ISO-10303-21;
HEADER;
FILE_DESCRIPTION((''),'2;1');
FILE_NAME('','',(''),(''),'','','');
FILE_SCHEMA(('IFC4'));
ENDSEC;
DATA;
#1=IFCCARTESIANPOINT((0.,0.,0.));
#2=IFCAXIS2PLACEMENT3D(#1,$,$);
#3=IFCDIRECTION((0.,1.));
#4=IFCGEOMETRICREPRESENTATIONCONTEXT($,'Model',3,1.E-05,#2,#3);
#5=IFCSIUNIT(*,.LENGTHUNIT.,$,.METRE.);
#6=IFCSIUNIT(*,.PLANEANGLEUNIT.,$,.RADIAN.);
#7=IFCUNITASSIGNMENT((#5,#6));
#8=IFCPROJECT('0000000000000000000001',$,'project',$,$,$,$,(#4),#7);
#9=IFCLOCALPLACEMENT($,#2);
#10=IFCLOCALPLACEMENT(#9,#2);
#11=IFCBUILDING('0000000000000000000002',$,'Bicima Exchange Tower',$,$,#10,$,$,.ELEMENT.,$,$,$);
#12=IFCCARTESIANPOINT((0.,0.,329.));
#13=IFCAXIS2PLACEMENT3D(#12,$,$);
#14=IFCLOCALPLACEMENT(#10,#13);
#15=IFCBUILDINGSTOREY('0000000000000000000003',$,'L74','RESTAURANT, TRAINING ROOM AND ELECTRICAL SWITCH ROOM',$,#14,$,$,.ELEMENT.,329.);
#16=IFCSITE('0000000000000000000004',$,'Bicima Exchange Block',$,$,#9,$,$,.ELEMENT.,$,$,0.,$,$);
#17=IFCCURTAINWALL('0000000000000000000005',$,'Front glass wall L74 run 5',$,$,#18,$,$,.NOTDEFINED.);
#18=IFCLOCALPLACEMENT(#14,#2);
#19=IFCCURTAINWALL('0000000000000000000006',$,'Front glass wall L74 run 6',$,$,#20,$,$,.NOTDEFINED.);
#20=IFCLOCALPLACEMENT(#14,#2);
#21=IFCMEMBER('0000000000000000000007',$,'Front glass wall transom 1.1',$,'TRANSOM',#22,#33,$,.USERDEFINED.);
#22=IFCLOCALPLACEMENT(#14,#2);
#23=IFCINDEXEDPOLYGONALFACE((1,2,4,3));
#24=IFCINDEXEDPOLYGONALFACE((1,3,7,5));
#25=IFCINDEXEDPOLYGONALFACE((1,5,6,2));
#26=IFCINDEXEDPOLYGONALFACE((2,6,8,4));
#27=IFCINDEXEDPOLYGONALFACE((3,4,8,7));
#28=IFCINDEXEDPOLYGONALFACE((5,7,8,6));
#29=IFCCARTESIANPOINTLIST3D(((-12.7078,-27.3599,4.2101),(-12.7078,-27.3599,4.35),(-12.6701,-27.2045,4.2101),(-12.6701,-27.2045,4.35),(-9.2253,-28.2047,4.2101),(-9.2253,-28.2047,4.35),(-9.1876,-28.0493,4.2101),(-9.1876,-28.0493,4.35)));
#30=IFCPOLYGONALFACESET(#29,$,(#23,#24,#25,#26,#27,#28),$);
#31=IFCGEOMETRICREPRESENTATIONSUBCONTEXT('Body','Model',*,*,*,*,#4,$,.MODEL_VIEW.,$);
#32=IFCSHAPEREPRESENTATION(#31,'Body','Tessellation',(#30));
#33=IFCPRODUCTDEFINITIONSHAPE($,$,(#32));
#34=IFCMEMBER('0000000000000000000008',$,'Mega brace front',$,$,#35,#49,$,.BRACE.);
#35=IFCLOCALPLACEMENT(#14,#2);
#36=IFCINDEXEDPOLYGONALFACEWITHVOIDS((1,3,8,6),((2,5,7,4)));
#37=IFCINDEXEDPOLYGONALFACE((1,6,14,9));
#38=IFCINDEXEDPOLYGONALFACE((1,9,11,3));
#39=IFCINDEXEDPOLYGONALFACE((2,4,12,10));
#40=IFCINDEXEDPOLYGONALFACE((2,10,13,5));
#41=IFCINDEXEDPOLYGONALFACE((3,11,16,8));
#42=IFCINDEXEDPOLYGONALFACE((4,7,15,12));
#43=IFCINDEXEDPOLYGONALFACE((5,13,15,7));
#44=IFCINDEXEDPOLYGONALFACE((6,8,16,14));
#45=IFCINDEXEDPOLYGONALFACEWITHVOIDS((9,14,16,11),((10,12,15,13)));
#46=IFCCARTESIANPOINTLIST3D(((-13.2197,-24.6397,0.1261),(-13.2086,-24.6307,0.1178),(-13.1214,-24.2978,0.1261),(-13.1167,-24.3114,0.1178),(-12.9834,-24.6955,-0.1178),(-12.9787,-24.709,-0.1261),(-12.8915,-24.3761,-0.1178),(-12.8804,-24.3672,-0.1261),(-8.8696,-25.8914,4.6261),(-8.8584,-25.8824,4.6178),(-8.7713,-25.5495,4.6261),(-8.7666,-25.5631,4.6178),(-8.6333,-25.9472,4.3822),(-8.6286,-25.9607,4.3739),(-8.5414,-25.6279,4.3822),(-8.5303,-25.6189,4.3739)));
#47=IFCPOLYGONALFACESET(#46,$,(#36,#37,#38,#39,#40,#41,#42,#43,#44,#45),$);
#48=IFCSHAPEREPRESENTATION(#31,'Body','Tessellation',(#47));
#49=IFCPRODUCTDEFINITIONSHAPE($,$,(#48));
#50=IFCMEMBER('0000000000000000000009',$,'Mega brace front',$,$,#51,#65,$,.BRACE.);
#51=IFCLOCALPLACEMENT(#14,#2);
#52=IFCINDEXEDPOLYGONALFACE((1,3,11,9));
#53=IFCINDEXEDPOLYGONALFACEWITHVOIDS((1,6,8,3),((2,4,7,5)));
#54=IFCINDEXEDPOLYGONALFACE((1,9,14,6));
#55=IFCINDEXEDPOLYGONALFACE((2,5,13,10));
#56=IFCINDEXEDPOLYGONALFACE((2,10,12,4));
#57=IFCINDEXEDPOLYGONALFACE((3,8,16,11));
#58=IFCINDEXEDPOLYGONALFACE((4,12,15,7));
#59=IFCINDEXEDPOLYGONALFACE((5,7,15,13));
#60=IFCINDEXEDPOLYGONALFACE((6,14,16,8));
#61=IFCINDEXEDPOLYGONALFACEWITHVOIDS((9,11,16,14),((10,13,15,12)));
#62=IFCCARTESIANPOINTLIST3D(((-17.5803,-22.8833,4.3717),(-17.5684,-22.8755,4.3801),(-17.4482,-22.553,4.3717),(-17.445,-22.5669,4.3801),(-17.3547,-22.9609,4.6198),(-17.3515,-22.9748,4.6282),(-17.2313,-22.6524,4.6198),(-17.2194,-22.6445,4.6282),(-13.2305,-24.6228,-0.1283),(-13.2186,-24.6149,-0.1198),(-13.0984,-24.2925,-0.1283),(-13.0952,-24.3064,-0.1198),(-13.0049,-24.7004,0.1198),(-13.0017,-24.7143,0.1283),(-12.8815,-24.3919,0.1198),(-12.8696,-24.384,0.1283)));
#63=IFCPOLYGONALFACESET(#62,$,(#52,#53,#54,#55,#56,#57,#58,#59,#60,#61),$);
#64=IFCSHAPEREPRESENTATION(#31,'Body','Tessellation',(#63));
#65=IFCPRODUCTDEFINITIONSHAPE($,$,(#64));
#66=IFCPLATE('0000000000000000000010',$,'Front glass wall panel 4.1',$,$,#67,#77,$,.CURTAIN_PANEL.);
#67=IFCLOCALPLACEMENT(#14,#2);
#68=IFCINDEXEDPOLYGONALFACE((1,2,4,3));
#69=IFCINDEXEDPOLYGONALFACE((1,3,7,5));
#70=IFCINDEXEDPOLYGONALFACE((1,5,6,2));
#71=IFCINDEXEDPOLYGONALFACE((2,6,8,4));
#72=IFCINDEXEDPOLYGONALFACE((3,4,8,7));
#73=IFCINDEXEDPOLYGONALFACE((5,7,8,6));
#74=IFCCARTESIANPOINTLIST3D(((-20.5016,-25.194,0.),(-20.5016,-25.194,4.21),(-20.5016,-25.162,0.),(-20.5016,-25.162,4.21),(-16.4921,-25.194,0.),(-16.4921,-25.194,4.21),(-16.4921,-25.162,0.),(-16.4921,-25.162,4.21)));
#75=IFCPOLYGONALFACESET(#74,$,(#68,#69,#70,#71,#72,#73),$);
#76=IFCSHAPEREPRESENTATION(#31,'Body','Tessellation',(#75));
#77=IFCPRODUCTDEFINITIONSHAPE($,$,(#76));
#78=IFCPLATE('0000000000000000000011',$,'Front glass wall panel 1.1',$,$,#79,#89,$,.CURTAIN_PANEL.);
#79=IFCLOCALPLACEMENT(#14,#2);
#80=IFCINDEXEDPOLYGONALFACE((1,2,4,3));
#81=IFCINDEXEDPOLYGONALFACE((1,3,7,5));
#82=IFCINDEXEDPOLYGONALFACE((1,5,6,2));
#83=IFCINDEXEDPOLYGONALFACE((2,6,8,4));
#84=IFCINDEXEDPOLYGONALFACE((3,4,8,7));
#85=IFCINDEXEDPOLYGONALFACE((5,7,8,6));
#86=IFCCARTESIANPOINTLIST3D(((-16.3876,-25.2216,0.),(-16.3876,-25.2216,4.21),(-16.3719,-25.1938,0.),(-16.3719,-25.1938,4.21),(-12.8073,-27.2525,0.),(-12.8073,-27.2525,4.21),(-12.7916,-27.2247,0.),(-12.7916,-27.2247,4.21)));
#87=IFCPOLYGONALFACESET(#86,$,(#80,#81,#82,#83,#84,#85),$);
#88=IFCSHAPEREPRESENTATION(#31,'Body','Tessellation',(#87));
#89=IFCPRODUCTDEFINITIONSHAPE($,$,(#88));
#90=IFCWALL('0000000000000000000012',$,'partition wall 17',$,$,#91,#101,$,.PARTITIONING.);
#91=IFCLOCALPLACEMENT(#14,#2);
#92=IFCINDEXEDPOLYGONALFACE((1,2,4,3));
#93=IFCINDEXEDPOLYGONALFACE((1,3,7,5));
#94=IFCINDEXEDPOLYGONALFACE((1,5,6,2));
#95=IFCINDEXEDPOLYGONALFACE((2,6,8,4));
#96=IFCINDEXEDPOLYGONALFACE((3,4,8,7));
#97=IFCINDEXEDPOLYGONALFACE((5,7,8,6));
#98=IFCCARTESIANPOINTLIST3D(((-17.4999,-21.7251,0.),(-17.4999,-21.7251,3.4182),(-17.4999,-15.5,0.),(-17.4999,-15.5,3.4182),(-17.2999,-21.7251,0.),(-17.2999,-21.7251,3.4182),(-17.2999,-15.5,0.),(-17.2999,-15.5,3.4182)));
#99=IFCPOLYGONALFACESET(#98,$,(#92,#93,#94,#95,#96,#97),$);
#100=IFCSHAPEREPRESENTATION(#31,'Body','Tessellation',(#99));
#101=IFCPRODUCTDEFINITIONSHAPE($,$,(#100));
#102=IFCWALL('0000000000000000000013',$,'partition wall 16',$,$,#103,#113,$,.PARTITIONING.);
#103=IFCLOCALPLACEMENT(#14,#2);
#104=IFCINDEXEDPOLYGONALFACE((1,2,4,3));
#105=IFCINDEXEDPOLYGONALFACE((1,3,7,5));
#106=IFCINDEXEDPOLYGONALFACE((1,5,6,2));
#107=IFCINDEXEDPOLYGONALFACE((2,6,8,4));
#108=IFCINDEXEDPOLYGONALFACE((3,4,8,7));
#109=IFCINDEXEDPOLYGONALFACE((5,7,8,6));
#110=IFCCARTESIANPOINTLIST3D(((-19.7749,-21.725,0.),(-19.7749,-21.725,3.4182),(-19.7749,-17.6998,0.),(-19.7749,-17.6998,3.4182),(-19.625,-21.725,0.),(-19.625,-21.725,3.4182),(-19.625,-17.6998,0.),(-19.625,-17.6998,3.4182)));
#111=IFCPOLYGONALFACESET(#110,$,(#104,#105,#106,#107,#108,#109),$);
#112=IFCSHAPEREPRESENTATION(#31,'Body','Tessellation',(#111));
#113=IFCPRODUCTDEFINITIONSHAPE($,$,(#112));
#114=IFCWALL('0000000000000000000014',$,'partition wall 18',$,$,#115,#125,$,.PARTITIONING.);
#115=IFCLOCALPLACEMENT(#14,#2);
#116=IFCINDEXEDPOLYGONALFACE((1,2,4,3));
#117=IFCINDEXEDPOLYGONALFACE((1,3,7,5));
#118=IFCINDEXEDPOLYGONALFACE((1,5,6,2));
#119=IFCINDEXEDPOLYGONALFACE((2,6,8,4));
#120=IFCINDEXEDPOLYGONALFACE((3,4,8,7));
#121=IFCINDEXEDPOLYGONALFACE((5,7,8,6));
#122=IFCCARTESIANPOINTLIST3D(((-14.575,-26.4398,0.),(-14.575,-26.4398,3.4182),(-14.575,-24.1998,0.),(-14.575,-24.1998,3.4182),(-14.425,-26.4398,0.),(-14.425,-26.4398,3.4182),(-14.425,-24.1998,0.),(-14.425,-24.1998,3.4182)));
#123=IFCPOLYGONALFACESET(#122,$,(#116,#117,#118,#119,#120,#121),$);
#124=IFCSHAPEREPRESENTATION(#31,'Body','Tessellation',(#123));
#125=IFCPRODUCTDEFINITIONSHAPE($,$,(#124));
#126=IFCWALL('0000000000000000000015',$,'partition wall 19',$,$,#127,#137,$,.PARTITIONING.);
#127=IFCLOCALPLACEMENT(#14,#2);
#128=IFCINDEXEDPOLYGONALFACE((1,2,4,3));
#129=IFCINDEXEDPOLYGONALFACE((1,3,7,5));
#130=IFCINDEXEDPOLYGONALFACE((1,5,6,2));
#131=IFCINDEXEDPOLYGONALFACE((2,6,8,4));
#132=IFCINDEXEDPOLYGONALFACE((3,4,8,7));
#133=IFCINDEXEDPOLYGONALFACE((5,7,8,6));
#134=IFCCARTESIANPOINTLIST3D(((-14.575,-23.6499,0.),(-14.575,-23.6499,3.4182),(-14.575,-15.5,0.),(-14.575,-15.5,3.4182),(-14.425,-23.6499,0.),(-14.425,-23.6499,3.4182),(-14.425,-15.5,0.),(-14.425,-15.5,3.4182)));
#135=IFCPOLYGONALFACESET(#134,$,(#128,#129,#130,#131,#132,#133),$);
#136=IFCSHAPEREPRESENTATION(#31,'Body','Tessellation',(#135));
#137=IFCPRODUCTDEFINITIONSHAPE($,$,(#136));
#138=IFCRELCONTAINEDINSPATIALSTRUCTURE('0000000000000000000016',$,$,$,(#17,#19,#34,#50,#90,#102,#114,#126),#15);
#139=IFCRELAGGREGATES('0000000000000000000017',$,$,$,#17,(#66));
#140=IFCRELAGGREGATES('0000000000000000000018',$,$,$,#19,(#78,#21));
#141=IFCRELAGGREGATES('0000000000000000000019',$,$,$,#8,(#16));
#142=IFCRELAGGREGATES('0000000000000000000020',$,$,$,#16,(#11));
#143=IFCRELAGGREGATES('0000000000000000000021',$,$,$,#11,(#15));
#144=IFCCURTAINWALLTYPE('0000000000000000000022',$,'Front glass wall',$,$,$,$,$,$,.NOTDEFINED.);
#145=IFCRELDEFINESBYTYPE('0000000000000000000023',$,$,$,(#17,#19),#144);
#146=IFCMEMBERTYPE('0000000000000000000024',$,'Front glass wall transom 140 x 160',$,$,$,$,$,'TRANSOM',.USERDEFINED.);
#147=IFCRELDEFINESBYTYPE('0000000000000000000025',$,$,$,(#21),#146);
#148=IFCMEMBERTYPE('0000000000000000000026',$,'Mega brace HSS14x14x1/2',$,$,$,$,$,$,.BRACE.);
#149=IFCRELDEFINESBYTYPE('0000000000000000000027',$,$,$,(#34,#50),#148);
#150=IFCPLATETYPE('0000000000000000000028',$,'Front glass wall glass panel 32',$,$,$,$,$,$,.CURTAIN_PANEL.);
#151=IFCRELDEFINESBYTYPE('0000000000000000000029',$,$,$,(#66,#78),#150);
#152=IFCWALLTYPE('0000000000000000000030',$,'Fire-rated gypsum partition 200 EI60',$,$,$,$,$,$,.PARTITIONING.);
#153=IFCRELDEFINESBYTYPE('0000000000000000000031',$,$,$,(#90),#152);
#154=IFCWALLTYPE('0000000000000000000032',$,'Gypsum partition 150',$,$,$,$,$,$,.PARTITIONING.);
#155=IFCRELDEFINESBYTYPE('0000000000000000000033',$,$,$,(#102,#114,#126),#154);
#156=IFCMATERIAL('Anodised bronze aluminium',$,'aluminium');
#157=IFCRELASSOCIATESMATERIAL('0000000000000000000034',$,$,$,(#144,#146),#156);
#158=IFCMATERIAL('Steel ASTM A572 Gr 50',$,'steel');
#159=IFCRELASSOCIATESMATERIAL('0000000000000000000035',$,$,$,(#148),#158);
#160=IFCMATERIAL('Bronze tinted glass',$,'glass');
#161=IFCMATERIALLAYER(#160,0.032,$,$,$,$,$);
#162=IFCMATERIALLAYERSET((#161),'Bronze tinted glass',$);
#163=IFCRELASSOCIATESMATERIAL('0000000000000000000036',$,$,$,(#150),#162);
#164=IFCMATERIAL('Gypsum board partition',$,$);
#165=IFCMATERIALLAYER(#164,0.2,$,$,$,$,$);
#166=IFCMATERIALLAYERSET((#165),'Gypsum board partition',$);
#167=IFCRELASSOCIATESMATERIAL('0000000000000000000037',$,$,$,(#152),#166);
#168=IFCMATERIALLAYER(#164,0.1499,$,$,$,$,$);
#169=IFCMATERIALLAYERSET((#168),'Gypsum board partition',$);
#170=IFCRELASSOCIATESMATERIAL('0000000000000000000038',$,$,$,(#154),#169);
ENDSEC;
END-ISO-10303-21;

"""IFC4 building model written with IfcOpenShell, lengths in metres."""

from ifc_helpers import new_model, si_unit, direction, frame, frame_2d, origin, origin_2d, place, context, subcontext, project, spatial, rectangle, hollow_rectangle, extrude, material, layer, layer_set, material_profile, profile_set, type_object, element, aggregate, save


model = new_model("IFC4")

# Units and contexts
model_context = context("Model", 3, precision=1e-05, world=origin(), true_north=direction((0.0, 1.0)))
body_context = subcontext(model_context, "Body", "Model", "MODEL_VIEW")
ifc_project = project(units=[si_unit("LENGTHUNIT", "METRE"), si_unit("PLANEANGLEUNIT", "RADIAN")], contexts=[model_context])

# Site, building, storey
site_placement = place(None, origin())
site = spatial("IfcSite", under=ifc_project, at=site_placement, Name="Bicima Exchange Block", CompositionType="ELEMENT", RefElevation=0.0)
building_placement = place(site_placement, origin())
building = spatial("IfcBuilding", under=site, at=building_placement, Name="Bicima Exchange Tower", CompositionType="ELEMENT")
storey_placement = place(building_placement, frame((0.0, 0.0, 329.0)))
storey = spatial("IfcBuildingStorey", under=building, at=storey_placement, Name="L74", Description="RESTAURANT, TRAINING ROOM AND ELECTRICAL SWITCH ROOM", CompositionType="ELEMENT", Elevation=329.0)

# Curtain walls
ifc_material_1 = material(Name="Anodised bronze aluminium", Category="aluminium")
curtain_wall_type = type_object("IfcCurtainWallType", Name="Front glass wall", PredefinedType="NOTDEFINED", material=ifc_material_1)
curtain_wall_1_placement = place(storey_placement, origin())
curtain_wall_1 = element("IfcCurtainWall", 1, at=curtain_wall_1_placement, inside=storey, type_object=curtain_wall_type, Name="Front glass wall L74 run 5", PredefinedType="NOTDEFINED")
curtain_wall_2_placement = place(storey_placement, origin())
curtain_wall_2 = element("IfcCurtainWall", 2, at=curtain_wall_2_placement, inside=storey, type_object=curtain_wall_type, Name="Front glass wall L74 run 6", PredefinedType="NOTDEFINED")

# Member
ifc_material_profile_1 = material_profile(ifc_material_1, rectangle(XDim=0.1599, YDim=0.1399, at=origin_2d()))
ifc_profile_set_1 = profile_set([ifc_material_profile_1], Name="Anodised bronze aluminium")
member_type_1 = type_object("IfcMemberType", Name="Front glass wall transom 140 x 160", ElementType="TRANSOM", PredefinedType="USERDEFINED", material=ifc_profile_set_1)
member_1_placement = place(storey_placement, frame((-12.689, -27.2822, 4.28), z_axis=(0.971818, -0.235733, 0.0), x_axis=(0.235733, 0.971818, 0.0)))
member_1 = element("IfcMember", 3, at=member_1_placement, type_object=member_type_1, Name="Front glass wall transom 1.1", ObjectType="TRANSOM", PredefinedType="USERDEFINED", context=body_context, shape_type="SweptSolid", body=[
    extrude(rectangle(XDim=0.1599, YDim=0.1399, at=origin_2d()), origin(), (0.0, 0.0, 1.0), 3.5835),
])

# Members
ifc_material_2 = material(Name="Steel ASTM A572 Gr 50", Category="steel")
ifc_material_profile_2 = material_profile(ifc_material_2, hollow_rectangle(XDim=0.3557, YDim=0.3557, WallThickness=0.0117, at=origin_2d()))
ifc_profile_set_2 = profile_set([ifc_material_profile_2], Name="Steel ASTM A572 Gr 50")
member_type_2 = type_object("IfcMemberType", Name="Mega brace HSS14x14x1/2", PredefinedType="BRACE", material=ifc_profile_set_2)
member_2_placement = place(storey_placement, frame((-13.05, -24.5034, 0.0), z_axis=(0.681534, -0.196107, 0.70502), x_axis=(0.276523, 0.961007, 0.0)))
element("IfcMember", 4, at=member_2_placement, inside=storey, type_object=member_type_2, Name="Mega brace front", PredefinedType="BRACE", context=body_context, shape_type="SweptSolid", body=[
    extrude(hollow_rectangle(XDim=0.3557, YDim=0.3557, WallThickness=0.0117, at=origin_2d()), origin(), (0.0, 0.0, 1.0), 6.3828),
])
member_3_placement = place(storey_placement, frame((-13.05, -24.5034, 0.0), z_axis=(-0.669628, 0.267783, 0.692742), x_axis=(-0.37131, -0.928509, 0.0)))
element("IfcMember", 5, at=member_3_placement, inside=storey, type_object=member_type_2, Name="Mega brace front", PredefinedType="BRACE", context=body_context, shape_type="SweptSolid", body=[
    extrude(hollow_rectangle(XDim=0.3557, YDim=0.3557, WallThickness=0.0117, at=origin_2d()), origin(), (0.0, 0.0, 1.0), 6.4958),
])

# Plates
ifc_material_3 = material(Name="Bronze tinted glass", Category="glass")
ifc_layer_1 = layer(ifc_material_3, 0.032)
ifc_layer_set_1 = layer_set([ifc_layer_1], Name="Bronze tinted glass")
plate_type = type_object("IfcPlateType", Name="Front glass wall glass panel 32", PredefinedType="CURTAIN_PANEL", material=ifc_layer_set_1)
plate_1_placement = place(storey_placement, frame((-18.4968, -25.178, 0.0), z_axis=(0.0, 0.0, 1.0), x_axis=(1.0, 0.0, 0.0)))
plate_1 = element("IfcPlate", 6, at=plate_1_placement, type_object=plate_type, Name="Front glass wall panel 4.1", PredefinedType="CURTAIN_PANEL", context=body_context, shape_type="SweptSolid", body=[
    extrude(rectangle(XDim=4.0095, YDim=0.032, at=origin_2d()), origin(), (0.0, 0.0, 1.0), 4.21),
])
aggregate(curtain_wall_1, [plate_1])
plate_2_placement = place(storey_placement, frame((-14.5896, -26.2231, 0.0), z_axis=(0.0, 0.0, 1.0), x_axis=(0.869805, -0.493395, 0.0)))
plate_2 = element("IfcPlate", 7, at=plate_2_placement, type_object=plate_type, Name="Front glass wall panel 1.1", PredefinedType="CURTAIN_PANEL", context=body_context, shape_type="SweptSolid", body=[
    extrude(rectangle(XDim=4.1162, YDim=0.032, at=origin_2d()), origin(), (0.0, 0.0, 1.0), 4.21),
])
aggregate(curtain_wall_2, [plate_2, member_1])

# Walls
ifc_material_4 = material(Name="Gypsum board partition")
ifc_layer_2 = layer(ifc_material_4, 0.2)
ifc_layer_set_2 = layer_set([ifc_layer_2], Name="Gypsum board partition")
wall_type_1 = type_object("IfcWallType", Name="Fire-rated gypsum partition 200 EI60", PredefinedType="PARTITIONING", material=ifc_layer_set_2)
wall_1_placement = place(storey_placement, frame((-17.3999, -21.7251, 0.0), z_axis=(0.0, 0.0, 1.0), x_axis=(0.0, 1.0, 0.0)))
element("IfcWall", 8, at=wall_1_placement, inside=storey, type_object=wall_type_1, Name="partition wall 17", PredefinedType="PARTITIONING", context=body_context, shape_type="SweptSolid", body=[
    extrude(rectangle(XDim=6.2251, YDim=0.2, at=frame_2d((3.1125, 0.0))), origin(), (0.0, 0.0, 1.0), 3.4182),
])
ifc_layer_3 = layer(ifc_material_4, 0.1499)
ifc_layer_set_3 = layer_set([ifc_layer_3], Name="Gypsum board partition")
wall_type_2 = type_object("IfcWallType", Name="Gypsum partition 150", PredefinedType="PARTITIONING", material=ifc_layer_set_3)
wall_2_placement = place(storey_placement, frame((-19.7, -21.7251, 0.0), z_axis=(0.0, 0.0, 1.0), x_axis=(0.0, 1.0, 0.0)))
element("IfcWall", 9, at=wall_2_placement, inside=storey, type_object=wall_type_2, Name="partition wall 16", PredefinedType="PARTITIONING", context=body_context, shape_type="SweptSolid", body=[
    extrude(rectangle(XDim=4.0251, YDim=0.1499, at=frame_2d((2.0127, 0.0))), origin(), (0.0, 0.0, 1.0), 3.4182),
])
wall_3_placement = place(storey_placement, frame((-14.5, -26.4399, 0.0), z_axis=(0.0, 0.0, 1.0), x_axis=(0.0, 1.0, 0.0)))
element("IfcWall", 10, at=wall_3_placement, inside=storey, type_object=wall_type_2, Name="partition wall 18", PredefinedType="PARTITIONING", context=body_context, shape_type="SweptSolid", body=[
    extrude(rectangle(XDim=2.24, YDim=0.1499, at=frame_2d((1.1201, 0.0))), origin(), (0.0, 0.0, 1.0), 3.4182),
])
wall_4_placement = place(storey_placement, frame((-14.5, -23.6499, 0.0), z_axis=(0.0, 0.0, 1.0), x_axis=(0.0, 1.0, 0.0)))
element("IfcWall", 11, at=wall_4_placement, inside=storey, type_object=wall_type_2, Name="partition wall 19", PredefinedType="PARTITIONING", context=body_context, shape_type="SweptSolid", body=[
    extrude(rectangle(XDim=8.1499, YDim=0.1499, at=frame_2d((4.075, 0.0))), origin(), (0.0, 0.0, 1.0), 3.4182),
])

save(model, "model.ifc")
